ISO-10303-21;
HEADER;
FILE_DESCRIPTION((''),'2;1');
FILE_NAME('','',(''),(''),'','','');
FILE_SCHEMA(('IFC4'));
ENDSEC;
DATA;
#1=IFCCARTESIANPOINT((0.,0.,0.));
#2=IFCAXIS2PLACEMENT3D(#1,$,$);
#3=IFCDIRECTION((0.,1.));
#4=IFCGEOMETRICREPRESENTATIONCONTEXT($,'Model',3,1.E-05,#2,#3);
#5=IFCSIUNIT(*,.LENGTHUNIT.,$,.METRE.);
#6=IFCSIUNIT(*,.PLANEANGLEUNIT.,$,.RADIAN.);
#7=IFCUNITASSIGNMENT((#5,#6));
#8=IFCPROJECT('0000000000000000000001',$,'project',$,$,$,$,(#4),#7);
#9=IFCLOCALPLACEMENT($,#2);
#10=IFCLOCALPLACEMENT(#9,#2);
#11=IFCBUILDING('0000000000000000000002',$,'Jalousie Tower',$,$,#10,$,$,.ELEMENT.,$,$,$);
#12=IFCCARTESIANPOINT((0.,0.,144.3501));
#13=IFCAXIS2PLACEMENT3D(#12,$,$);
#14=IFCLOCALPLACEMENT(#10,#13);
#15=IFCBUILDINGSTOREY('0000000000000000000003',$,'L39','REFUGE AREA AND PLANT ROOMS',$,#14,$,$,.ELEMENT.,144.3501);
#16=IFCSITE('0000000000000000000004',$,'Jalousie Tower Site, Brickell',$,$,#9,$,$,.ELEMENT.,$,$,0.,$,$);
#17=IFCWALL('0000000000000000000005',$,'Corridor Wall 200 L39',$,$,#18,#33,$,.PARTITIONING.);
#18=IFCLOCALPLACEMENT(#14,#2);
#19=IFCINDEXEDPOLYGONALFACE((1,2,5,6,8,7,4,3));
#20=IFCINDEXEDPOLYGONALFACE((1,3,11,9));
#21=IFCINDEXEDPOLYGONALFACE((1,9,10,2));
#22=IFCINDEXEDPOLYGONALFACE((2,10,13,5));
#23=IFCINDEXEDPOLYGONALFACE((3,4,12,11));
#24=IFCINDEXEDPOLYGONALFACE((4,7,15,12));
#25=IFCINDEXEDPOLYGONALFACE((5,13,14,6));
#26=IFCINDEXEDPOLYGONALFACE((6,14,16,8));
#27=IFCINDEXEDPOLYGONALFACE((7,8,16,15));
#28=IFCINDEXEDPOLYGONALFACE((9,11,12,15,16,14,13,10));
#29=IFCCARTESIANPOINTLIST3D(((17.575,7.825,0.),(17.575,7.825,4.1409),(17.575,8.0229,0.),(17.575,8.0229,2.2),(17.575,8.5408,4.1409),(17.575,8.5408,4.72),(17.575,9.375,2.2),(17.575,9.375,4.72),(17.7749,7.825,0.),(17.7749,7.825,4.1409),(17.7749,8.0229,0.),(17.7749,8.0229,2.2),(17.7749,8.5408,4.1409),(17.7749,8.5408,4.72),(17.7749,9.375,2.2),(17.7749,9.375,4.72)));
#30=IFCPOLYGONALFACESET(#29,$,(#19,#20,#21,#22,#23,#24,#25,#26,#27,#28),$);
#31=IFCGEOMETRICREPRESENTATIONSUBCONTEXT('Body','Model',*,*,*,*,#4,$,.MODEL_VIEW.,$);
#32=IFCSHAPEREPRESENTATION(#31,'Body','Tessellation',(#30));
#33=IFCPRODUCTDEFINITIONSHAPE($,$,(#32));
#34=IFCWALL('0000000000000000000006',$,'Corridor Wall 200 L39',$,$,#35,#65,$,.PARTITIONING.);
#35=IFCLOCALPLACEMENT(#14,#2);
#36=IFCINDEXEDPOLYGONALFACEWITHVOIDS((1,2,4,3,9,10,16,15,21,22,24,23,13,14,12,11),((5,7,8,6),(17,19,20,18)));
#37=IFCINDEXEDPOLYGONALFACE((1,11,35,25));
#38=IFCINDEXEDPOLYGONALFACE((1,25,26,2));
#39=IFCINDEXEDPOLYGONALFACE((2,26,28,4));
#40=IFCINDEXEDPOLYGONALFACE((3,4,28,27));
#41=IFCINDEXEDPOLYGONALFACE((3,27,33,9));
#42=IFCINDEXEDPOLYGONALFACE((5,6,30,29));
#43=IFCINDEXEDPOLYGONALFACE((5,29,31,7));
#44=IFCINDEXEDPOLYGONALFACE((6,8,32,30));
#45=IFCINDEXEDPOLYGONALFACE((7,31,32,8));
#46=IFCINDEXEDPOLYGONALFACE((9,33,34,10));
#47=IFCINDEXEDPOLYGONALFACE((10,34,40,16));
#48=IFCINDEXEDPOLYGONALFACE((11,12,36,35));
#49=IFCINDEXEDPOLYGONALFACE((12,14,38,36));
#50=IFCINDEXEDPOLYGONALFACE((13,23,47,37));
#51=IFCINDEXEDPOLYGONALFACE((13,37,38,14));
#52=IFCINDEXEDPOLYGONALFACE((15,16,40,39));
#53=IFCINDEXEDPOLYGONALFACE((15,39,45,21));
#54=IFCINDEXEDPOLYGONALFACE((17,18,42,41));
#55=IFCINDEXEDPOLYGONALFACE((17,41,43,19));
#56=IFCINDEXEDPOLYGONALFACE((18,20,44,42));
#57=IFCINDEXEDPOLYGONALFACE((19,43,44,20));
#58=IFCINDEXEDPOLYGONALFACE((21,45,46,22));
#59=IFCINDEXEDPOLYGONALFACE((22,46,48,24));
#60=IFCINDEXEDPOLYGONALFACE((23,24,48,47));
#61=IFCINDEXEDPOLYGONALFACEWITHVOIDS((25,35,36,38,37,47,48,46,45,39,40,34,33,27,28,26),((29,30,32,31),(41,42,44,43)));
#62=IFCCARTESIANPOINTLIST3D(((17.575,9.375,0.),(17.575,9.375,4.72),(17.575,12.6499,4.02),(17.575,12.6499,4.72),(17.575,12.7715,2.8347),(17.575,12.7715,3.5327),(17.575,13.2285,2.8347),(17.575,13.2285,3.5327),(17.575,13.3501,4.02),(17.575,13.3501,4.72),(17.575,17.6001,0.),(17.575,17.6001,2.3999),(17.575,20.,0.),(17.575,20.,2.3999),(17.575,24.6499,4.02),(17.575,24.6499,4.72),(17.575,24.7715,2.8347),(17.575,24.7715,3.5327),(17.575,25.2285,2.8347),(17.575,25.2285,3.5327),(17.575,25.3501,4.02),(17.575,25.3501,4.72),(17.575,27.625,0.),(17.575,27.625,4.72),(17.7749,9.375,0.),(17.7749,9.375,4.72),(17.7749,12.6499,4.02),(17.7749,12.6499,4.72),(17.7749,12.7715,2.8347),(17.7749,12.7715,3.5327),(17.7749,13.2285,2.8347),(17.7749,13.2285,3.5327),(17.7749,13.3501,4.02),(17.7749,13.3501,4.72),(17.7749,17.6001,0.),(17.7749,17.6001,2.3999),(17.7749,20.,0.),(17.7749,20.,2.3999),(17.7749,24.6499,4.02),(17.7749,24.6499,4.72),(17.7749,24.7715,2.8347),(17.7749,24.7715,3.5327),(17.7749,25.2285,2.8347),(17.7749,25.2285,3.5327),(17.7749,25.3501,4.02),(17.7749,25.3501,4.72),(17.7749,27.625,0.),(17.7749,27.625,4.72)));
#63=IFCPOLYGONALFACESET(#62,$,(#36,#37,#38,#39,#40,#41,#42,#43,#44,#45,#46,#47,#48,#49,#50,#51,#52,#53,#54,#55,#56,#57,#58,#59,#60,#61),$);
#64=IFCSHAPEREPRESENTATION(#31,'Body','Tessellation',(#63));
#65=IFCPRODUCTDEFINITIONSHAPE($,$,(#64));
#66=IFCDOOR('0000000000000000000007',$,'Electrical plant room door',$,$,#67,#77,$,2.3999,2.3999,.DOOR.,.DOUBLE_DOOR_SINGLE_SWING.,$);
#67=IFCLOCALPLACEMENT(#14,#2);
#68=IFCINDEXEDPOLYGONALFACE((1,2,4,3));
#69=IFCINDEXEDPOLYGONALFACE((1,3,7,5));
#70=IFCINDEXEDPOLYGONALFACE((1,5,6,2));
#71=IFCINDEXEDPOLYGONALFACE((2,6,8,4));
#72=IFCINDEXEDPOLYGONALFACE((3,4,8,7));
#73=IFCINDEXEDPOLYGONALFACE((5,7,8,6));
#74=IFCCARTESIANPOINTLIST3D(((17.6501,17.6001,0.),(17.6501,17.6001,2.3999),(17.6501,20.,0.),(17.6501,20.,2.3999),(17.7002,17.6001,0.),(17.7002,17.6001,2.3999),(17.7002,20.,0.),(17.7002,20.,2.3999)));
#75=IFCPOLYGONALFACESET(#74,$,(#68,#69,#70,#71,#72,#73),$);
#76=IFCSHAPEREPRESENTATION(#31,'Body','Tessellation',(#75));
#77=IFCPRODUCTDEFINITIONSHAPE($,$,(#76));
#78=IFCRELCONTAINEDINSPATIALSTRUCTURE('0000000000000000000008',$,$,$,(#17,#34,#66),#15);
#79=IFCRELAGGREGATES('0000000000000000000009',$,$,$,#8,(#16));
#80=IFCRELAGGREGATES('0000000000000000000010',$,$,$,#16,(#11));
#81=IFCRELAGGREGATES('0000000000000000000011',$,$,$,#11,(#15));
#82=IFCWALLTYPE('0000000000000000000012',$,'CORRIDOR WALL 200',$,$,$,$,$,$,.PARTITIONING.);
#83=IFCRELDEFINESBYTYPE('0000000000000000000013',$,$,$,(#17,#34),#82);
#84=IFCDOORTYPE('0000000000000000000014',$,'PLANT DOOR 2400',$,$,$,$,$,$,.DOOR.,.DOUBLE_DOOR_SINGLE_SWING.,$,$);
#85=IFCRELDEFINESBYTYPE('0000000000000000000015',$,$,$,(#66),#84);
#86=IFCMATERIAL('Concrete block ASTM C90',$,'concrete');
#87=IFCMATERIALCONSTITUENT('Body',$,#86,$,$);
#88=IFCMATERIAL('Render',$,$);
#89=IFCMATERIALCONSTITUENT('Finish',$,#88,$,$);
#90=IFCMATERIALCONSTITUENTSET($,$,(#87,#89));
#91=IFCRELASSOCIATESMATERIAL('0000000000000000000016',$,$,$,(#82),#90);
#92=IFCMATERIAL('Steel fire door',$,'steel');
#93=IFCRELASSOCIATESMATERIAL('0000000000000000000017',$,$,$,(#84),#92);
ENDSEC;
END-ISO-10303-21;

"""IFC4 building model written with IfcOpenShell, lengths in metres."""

from ifc_helpers import new_model, si_unit, direction, frame, frame_2d, origin, place, context, subcontext, project, spatial, polyline, rectangle, outline, extrude, material, constituent, constituent_set, type_object, element, fill, save


model = new_model("IFC4")

# Units and contexts
model_context = context("Model", 3, precision=1e-05, world=origin(), true_north=direction((0.0, 1.0)))
body_context = subcontext(model_context, "Body", "Model", "MODEL_VIEW")
ifc_project = project(units=[si_unit("LENGTHUNIT", "METRE"), si_unit("PLANEANGLEUNIT", "RADIAN")], contexts=[model_context])

# Site, building, storey
site_placement = place(None, origin())
site = spatial("IfcSite", under=ifc_project, at=site_placement, Name="Jalousie Tower Site, Brickell", CompositionType="ELEMENT", RefElevation=0.0)
building_placement = place(site_placement, origin())
building = spatial("IfcBuilding", under=site, at=building_placement, Name="Jalousie Tower", CompositionType="ELEMENT")
storey_placement = place(building_placement, frame((0.0, 0.0, 144.3501)))
storey = spatial("IfcBuildingStorey", under=building, at=storey_placement, Name="L39", Description="REFUGE AREA AND PLANT ROOMS", CompositionType="ELEMENT", Elevation=144.3501)

# Shared definitions
ifc_material_1 = material(Name="Concrete block ASTM C90", Category="concrete")
ifc_constituent_1 = constituent(ifc_material_1, Name="Body")
ifc_material_2 = material(Name="Render")
ifc_constituent_2 = constituent(ifc_material_2, Name="Finish")
ifc_constituent_set = constituent_set(constituents=[ifc_constituent_1, ifc_constituent_2])
wall_type_1 = type_object("IfcWallType", Name="CORRIDOR WALL 200", PredefinedType="PARTITIONING", material=ifc_constituent_set)

# Wall
wall_1_placement = place(storey_placement, frame((17.675, 7.825, 0.0), z_axis=(0.0, 0.0, 1.0), x_axis=(0.0, 1.0, 0.0)))
element("IfcWall", 1, at=wall_1_placement, inside=storey, type_object=wall_type_1, Name="Corridor Wall 200 L39", PredefinedType="PARTITIONING", context=body_context, shape_type="SweptSolid", body=[
    extrude(outline(polyline([(1.55, 2.2), (1.55, 4.72), (0.7158, 4.72), (0.7158, 4.1409), (0.0, 4.1409), (0.0, 0.0), (0.198, 0.0), (0.198, 2.2), (1.55, 2.2)])), frame((0.0, 0.1001, 0.0), z_axis=(0.0, -1.0, 0.0), x_axis=(1.0, 0.0, 0.0)), (0.0, 0.0, 1.0), 0.2),
])

# Wall, opening, door
wall_2_placement = place(storey_placement, frame((17.675, 9.375, 0.0), z_axis=(0.0, 0.0, 1.0), x_axis=(0.0, 1.0, 0.0)))
wall_2 = element("IfcWall", 2, at=wall_2_placement, inside=storey, type_object=wall_type_1, Name="Corridor Wall 200 L39", PredefinedType="PARTITIONING", context=body_context, shape_type="SweptSolid", body=[
    extrude(outline(polyline([(18.25, 0.0), (18.25, 4.72), (15.9751, 4.72), (15.9751, 4.02), (15.2749, 4.02), (15.2749, 4.72), (3.9751, 4.72), (3.9751, 4.02), (3.2749, 4.02), (3.2749, 4.72), (0.0, 4.72), (0.0, 0.0), (18.25, 0.0)]), holes=[polyline([(3.3965, 2.8347), (3.3965, 3.5327), (3.8535, 3.5327), (3.8535, 2.8347), (3.3965, 2.8347)]), polyline([(15.3965, 2.8347), (15.3965, 3.5327), (15.8535, 3.5327), (15.8535, 2.8347), (15.3965, 2.8347)])]), frame((0.0, 0.1001, 0.0), z_axis=(0.0, -1.0, 0.0), x_axis=(1.0, 0.0, 0.0)), (0.0, 0.0, 1.0), 0.2),
])
opening_1_placement = place(wall_2_placement, frame((8.2251, 0.0, 0.0)))
opening_1 = element("IfcOpeningElement", 3, at=opening_1_placement, cuts=wall_2, PredefinedType="OPENING", context=body_context, shape_type="SweptSolid", body=[
    extrude(rectangle(XDim=2.3999, YDim=2.3999, at=frame_2d((1.2, 1.2))), frame((0.0, 0.1099, 0.0), z_axis=(0.0, -1.0, 0.0), x_axis=(1.0, 0.0, 0.0)), (0.0, 0.0, 1.0), 0.22),
])
ifc_material_3 = material(Name="Steel fire door", Category="steel")
door_type_1 = type_object("IfcDoorType", Name="PLANT DOOR 2400", OperationType="DOUBLE_DOOR_SINGLE_SWING", PredefinedType="DOOR", material=ifc_material_3)
door_1_placement = place(opening_1_placement, origin())
door_1 = element("IfcDoor", 4, at=door_1_placement, inside=storey, type_object=door_type_1, Name="Electrical plant room door", OperationType="DOUBLE_DOOR_SINGLE_SWING", OverallHeight=2.3999, OverallWidth=2.3999, PredefinedType="DOOR", context=body_context, shape_type="SweptSolid", body=[
    extrude(rectangle(XDim=2.3999, YDim=2.3999, at=frame_2d((1.2, 1.2))), frame((0.0, 0.0249, 0.0), z_axis=(0.0, -1.0, 0.0), x_axis=(1.0, 0.0, 0.0)), (0.0, 0.0, 1.0), 0.05),
])
fill(opening_1, door_1)

save(model, "model.ifc")
